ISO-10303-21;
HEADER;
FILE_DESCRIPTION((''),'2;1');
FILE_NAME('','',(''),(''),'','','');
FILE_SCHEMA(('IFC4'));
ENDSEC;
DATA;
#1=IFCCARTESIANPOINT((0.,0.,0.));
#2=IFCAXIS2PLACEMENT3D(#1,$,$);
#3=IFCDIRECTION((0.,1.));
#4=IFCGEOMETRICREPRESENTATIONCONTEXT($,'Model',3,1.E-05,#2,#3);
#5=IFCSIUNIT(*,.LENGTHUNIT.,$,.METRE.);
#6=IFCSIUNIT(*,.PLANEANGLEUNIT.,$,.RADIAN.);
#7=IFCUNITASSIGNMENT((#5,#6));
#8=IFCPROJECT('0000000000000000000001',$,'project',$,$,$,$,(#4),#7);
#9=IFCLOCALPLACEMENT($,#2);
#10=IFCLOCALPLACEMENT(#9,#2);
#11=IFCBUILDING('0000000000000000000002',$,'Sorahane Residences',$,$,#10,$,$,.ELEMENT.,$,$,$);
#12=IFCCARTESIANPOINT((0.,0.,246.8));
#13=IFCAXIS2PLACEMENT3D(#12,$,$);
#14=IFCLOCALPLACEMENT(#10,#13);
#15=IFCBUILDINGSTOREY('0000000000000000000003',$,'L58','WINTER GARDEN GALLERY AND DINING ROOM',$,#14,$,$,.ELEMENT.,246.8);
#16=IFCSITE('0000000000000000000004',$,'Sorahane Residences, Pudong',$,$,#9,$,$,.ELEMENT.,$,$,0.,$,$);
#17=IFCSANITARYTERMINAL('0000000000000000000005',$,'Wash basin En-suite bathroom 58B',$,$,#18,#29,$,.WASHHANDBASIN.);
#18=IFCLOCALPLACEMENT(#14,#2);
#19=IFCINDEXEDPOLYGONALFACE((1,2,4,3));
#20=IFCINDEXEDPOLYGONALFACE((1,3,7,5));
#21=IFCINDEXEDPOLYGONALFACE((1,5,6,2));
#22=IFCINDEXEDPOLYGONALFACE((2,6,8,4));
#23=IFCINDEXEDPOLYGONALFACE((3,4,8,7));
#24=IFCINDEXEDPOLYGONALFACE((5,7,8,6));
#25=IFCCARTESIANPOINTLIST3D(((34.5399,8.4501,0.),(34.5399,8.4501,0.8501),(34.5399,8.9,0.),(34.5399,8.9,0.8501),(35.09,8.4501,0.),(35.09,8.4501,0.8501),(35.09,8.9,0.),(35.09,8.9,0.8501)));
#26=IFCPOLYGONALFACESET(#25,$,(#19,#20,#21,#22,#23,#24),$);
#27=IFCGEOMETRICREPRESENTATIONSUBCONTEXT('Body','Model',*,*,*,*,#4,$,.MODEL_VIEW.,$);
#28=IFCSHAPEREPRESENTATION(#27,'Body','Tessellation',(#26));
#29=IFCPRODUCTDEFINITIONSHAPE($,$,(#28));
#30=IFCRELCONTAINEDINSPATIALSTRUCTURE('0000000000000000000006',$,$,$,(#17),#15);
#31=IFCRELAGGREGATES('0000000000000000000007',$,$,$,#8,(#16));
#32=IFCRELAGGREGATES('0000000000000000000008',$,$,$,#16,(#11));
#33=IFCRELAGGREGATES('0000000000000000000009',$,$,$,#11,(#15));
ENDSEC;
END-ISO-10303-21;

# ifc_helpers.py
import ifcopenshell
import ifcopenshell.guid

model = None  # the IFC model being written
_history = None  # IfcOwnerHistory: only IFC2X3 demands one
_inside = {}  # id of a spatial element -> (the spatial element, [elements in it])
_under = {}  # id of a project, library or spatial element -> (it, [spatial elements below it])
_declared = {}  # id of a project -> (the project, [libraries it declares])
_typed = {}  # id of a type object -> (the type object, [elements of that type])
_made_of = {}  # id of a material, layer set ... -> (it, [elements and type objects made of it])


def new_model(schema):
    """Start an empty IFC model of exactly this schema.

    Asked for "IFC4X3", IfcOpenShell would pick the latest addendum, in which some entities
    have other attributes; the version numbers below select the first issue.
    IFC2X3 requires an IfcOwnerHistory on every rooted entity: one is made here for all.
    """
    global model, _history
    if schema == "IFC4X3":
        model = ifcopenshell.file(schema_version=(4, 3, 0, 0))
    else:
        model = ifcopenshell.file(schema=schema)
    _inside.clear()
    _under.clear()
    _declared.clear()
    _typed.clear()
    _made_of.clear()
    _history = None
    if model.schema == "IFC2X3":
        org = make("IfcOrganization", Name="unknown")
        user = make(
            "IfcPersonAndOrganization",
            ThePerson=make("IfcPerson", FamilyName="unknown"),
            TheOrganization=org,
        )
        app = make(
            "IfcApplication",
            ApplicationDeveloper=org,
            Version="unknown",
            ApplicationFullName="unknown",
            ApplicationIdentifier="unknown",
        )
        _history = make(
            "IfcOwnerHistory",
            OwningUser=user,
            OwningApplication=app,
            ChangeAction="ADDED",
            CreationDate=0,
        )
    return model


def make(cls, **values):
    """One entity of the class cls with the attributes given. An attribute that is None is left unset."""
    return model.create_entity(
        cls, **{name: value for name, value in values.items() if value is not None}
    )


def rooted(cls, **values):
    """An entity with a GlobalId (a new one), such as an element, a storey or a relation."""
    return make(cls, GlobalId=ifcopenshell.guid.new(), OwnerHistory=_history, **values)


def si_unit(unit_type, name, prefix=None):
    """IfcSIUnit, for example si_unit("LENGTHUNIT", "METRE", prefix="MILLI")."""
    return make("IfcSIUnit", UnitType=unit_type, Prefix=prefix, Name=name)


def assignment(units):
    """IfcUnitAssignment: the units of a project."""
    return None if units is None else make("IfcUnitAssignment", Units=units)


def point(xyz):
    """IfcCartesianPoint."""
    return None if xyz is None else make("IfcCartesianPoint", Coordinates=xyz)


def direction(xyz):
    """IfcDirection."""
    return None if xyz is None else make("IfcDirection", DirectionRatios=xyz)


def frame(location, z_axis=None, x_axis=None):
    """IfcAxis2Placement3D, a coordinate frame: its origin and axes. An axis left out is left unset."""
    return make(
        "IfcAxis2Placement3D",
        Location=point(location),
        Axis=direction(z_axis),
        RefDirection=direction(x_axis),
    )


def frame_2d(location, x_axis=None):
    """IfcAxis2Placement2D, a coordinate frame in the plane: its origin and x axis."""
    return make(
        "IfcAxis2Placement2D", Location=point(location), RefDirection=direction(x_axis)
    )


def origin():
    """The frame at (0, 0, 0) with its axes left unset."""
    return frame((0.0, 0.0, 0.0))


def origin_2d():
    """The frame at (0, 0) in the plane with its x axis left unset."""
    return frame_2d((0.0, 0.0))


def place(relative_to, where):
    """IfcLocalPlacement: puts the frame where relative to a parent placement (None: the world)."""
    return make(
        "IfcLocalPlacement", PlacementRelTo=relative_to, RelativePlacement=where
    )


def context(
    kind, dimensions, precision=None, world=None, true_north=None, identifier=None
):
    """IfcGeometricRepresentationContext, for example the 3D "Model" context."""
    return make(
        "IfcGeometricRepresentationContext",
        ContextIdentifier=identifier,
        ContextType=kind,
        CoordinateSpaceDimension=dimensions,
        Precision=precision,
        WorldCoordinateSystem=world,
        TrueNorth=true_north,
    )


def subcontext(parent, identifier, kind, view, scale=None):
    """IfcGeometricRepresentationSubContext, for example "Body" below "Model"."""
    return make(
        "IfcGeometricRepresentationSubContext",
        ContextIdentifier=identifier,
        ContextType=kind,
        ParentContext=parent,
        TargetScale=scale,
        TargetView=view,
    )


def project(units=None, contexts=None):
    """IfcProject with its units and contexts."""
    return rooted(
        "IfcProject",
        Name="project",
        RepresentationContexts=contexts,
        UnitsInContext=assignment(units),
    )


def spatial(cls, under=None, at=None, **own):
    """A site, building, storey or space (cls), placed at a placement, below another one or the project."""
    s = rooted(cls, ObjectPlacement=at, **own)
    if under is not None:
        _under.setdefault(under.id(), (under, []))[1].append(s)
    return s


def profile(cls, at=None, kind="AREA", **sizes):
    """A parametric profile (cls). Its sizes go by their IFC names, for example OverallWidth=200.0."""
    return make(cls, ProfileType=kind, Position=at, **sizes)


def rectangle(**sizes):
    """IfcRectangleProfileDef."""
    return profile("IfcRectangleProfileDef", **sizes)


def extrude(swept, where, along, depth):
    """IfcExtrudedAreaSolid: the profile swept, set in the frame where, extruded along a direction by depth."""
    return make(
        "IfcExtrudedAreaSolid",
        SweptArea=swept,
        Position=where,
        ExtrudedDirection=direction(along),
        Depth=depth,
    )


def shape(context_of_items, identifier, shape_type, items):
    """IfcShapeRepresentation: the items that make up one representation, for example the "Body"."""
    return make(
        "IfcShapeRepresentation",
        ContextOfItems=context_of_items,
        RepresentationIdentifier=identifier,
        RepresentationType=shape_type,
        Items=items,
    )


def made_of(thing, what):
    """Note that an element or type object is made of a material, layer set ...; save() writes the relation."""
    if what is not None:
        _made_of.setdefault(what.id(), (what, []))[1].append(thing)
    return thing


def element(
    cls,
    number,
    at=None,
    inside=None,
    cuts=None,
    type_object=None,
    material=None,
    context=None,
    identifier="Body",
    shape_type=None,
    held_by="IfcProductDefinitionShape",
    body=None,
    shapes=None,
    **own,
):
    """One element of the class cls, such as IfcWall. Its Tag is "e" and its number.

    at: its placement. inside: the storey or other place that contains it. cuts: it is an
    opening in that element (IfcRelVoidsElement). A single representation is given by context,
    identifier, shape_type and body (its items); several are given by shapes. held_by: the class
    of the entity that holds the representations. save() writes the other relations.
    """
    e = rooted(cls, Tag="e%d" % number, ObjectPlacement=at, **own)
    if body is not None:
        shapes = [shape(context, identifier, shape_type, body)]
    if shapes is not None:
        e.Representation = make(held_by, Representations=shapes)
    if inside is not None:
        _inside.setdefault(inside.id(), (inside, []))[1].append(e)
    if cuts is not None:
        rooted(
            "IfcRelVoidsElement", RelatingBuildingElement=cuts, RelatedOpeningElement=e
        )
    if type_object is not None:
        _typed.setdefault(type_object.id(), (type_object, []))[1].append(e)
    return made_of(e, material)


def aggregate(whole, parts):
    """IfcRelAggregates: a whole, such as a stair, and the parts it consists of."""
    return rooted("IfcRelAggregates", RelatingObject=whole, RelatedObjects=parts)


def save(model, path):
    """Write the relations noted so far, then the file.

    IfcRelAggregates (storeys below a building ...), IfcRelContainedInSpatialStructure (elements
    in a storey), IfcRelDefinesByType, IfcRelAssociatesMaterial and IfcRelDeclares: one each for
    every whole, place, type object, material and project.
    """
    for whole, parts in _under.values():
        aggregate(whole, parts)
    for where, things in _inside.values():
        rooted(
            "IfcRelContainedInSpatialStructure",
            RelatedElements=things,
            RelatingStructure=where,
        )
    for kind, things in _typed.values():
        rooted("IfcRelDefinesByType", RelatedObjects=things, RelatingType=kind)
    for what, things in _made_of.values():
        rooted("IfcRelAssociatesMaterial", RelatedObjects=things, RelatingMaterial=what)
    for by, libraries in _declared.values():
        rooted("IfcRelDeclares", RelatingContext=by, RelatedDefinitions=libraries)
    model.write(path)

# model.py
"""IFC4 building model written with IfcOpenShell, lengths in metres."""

from ifc_helpers import new_model, si_unit, direction, frame, origin, origin_2d, place, context, subcontext, project, spatial, rectangle, extrude, element, save


model = new_model("IFC4")

# Units and contexts
model_context = context("Model", 3, precision=1e-05, world=origin(), true_north=direction((0.0, 1.0)))
body_context = subcontext(model_context, "Body", "Model", "MODEL_VIEW")
ifc_project = project(units=[si_unit("LENGTHUNIT", "METRE"), si_unit("PLANEANGLEUNIT", "RADIAN")], contexts=[model_context])

# Site, building, storey
site_placement = place(None, origin())
site = spatial("IfcSite", under=ifc_project, at=site_placement, Name="Sorahane Residences, Pudong", CompositionType="ELEMENT", RefElevation=0.0)
building_placement = place(site_placement, origin())
building = spatial("IfcBuilding", under=site, at=building_placement, Name="Sorahane Residences", CompositionType="ELEMENT")
storey_placement = place(building_placement, frame((0.0, 0.0, 246.8)))
storey = spatial("IfcBuildingStorey", under=building, at=storey_placement, Name="L58", Description="WINTER GARDEN GALLERY AND DINING ROOM", CompositionType="ELEMENT", Elevation=246.8)

# Sanitary terminal
sanitary_terminal_1_placement = place(storey_placement, frame((34.8149, 8.675, 0.0), z_axis=(0.0, 0.0, 1.0), x_axis=(1.0, 0.0, 0.0)))
element("IfcSanitaryTerminal", 1, at=sanitary_terminal_1_placement, inside=storey, Name="Wash basin En-suite bathroom 58B", PredefinedType="WASHHANDBASIN", context=body_context, shape_type="SweptSolid", body=[
    extrude(rectangle(XDim=0.55, YDim=0.45, at=origin_2d()), origin(), (0.0, 0.0, 1.0), 0.8501),
])

save(model, "model.ifc")
